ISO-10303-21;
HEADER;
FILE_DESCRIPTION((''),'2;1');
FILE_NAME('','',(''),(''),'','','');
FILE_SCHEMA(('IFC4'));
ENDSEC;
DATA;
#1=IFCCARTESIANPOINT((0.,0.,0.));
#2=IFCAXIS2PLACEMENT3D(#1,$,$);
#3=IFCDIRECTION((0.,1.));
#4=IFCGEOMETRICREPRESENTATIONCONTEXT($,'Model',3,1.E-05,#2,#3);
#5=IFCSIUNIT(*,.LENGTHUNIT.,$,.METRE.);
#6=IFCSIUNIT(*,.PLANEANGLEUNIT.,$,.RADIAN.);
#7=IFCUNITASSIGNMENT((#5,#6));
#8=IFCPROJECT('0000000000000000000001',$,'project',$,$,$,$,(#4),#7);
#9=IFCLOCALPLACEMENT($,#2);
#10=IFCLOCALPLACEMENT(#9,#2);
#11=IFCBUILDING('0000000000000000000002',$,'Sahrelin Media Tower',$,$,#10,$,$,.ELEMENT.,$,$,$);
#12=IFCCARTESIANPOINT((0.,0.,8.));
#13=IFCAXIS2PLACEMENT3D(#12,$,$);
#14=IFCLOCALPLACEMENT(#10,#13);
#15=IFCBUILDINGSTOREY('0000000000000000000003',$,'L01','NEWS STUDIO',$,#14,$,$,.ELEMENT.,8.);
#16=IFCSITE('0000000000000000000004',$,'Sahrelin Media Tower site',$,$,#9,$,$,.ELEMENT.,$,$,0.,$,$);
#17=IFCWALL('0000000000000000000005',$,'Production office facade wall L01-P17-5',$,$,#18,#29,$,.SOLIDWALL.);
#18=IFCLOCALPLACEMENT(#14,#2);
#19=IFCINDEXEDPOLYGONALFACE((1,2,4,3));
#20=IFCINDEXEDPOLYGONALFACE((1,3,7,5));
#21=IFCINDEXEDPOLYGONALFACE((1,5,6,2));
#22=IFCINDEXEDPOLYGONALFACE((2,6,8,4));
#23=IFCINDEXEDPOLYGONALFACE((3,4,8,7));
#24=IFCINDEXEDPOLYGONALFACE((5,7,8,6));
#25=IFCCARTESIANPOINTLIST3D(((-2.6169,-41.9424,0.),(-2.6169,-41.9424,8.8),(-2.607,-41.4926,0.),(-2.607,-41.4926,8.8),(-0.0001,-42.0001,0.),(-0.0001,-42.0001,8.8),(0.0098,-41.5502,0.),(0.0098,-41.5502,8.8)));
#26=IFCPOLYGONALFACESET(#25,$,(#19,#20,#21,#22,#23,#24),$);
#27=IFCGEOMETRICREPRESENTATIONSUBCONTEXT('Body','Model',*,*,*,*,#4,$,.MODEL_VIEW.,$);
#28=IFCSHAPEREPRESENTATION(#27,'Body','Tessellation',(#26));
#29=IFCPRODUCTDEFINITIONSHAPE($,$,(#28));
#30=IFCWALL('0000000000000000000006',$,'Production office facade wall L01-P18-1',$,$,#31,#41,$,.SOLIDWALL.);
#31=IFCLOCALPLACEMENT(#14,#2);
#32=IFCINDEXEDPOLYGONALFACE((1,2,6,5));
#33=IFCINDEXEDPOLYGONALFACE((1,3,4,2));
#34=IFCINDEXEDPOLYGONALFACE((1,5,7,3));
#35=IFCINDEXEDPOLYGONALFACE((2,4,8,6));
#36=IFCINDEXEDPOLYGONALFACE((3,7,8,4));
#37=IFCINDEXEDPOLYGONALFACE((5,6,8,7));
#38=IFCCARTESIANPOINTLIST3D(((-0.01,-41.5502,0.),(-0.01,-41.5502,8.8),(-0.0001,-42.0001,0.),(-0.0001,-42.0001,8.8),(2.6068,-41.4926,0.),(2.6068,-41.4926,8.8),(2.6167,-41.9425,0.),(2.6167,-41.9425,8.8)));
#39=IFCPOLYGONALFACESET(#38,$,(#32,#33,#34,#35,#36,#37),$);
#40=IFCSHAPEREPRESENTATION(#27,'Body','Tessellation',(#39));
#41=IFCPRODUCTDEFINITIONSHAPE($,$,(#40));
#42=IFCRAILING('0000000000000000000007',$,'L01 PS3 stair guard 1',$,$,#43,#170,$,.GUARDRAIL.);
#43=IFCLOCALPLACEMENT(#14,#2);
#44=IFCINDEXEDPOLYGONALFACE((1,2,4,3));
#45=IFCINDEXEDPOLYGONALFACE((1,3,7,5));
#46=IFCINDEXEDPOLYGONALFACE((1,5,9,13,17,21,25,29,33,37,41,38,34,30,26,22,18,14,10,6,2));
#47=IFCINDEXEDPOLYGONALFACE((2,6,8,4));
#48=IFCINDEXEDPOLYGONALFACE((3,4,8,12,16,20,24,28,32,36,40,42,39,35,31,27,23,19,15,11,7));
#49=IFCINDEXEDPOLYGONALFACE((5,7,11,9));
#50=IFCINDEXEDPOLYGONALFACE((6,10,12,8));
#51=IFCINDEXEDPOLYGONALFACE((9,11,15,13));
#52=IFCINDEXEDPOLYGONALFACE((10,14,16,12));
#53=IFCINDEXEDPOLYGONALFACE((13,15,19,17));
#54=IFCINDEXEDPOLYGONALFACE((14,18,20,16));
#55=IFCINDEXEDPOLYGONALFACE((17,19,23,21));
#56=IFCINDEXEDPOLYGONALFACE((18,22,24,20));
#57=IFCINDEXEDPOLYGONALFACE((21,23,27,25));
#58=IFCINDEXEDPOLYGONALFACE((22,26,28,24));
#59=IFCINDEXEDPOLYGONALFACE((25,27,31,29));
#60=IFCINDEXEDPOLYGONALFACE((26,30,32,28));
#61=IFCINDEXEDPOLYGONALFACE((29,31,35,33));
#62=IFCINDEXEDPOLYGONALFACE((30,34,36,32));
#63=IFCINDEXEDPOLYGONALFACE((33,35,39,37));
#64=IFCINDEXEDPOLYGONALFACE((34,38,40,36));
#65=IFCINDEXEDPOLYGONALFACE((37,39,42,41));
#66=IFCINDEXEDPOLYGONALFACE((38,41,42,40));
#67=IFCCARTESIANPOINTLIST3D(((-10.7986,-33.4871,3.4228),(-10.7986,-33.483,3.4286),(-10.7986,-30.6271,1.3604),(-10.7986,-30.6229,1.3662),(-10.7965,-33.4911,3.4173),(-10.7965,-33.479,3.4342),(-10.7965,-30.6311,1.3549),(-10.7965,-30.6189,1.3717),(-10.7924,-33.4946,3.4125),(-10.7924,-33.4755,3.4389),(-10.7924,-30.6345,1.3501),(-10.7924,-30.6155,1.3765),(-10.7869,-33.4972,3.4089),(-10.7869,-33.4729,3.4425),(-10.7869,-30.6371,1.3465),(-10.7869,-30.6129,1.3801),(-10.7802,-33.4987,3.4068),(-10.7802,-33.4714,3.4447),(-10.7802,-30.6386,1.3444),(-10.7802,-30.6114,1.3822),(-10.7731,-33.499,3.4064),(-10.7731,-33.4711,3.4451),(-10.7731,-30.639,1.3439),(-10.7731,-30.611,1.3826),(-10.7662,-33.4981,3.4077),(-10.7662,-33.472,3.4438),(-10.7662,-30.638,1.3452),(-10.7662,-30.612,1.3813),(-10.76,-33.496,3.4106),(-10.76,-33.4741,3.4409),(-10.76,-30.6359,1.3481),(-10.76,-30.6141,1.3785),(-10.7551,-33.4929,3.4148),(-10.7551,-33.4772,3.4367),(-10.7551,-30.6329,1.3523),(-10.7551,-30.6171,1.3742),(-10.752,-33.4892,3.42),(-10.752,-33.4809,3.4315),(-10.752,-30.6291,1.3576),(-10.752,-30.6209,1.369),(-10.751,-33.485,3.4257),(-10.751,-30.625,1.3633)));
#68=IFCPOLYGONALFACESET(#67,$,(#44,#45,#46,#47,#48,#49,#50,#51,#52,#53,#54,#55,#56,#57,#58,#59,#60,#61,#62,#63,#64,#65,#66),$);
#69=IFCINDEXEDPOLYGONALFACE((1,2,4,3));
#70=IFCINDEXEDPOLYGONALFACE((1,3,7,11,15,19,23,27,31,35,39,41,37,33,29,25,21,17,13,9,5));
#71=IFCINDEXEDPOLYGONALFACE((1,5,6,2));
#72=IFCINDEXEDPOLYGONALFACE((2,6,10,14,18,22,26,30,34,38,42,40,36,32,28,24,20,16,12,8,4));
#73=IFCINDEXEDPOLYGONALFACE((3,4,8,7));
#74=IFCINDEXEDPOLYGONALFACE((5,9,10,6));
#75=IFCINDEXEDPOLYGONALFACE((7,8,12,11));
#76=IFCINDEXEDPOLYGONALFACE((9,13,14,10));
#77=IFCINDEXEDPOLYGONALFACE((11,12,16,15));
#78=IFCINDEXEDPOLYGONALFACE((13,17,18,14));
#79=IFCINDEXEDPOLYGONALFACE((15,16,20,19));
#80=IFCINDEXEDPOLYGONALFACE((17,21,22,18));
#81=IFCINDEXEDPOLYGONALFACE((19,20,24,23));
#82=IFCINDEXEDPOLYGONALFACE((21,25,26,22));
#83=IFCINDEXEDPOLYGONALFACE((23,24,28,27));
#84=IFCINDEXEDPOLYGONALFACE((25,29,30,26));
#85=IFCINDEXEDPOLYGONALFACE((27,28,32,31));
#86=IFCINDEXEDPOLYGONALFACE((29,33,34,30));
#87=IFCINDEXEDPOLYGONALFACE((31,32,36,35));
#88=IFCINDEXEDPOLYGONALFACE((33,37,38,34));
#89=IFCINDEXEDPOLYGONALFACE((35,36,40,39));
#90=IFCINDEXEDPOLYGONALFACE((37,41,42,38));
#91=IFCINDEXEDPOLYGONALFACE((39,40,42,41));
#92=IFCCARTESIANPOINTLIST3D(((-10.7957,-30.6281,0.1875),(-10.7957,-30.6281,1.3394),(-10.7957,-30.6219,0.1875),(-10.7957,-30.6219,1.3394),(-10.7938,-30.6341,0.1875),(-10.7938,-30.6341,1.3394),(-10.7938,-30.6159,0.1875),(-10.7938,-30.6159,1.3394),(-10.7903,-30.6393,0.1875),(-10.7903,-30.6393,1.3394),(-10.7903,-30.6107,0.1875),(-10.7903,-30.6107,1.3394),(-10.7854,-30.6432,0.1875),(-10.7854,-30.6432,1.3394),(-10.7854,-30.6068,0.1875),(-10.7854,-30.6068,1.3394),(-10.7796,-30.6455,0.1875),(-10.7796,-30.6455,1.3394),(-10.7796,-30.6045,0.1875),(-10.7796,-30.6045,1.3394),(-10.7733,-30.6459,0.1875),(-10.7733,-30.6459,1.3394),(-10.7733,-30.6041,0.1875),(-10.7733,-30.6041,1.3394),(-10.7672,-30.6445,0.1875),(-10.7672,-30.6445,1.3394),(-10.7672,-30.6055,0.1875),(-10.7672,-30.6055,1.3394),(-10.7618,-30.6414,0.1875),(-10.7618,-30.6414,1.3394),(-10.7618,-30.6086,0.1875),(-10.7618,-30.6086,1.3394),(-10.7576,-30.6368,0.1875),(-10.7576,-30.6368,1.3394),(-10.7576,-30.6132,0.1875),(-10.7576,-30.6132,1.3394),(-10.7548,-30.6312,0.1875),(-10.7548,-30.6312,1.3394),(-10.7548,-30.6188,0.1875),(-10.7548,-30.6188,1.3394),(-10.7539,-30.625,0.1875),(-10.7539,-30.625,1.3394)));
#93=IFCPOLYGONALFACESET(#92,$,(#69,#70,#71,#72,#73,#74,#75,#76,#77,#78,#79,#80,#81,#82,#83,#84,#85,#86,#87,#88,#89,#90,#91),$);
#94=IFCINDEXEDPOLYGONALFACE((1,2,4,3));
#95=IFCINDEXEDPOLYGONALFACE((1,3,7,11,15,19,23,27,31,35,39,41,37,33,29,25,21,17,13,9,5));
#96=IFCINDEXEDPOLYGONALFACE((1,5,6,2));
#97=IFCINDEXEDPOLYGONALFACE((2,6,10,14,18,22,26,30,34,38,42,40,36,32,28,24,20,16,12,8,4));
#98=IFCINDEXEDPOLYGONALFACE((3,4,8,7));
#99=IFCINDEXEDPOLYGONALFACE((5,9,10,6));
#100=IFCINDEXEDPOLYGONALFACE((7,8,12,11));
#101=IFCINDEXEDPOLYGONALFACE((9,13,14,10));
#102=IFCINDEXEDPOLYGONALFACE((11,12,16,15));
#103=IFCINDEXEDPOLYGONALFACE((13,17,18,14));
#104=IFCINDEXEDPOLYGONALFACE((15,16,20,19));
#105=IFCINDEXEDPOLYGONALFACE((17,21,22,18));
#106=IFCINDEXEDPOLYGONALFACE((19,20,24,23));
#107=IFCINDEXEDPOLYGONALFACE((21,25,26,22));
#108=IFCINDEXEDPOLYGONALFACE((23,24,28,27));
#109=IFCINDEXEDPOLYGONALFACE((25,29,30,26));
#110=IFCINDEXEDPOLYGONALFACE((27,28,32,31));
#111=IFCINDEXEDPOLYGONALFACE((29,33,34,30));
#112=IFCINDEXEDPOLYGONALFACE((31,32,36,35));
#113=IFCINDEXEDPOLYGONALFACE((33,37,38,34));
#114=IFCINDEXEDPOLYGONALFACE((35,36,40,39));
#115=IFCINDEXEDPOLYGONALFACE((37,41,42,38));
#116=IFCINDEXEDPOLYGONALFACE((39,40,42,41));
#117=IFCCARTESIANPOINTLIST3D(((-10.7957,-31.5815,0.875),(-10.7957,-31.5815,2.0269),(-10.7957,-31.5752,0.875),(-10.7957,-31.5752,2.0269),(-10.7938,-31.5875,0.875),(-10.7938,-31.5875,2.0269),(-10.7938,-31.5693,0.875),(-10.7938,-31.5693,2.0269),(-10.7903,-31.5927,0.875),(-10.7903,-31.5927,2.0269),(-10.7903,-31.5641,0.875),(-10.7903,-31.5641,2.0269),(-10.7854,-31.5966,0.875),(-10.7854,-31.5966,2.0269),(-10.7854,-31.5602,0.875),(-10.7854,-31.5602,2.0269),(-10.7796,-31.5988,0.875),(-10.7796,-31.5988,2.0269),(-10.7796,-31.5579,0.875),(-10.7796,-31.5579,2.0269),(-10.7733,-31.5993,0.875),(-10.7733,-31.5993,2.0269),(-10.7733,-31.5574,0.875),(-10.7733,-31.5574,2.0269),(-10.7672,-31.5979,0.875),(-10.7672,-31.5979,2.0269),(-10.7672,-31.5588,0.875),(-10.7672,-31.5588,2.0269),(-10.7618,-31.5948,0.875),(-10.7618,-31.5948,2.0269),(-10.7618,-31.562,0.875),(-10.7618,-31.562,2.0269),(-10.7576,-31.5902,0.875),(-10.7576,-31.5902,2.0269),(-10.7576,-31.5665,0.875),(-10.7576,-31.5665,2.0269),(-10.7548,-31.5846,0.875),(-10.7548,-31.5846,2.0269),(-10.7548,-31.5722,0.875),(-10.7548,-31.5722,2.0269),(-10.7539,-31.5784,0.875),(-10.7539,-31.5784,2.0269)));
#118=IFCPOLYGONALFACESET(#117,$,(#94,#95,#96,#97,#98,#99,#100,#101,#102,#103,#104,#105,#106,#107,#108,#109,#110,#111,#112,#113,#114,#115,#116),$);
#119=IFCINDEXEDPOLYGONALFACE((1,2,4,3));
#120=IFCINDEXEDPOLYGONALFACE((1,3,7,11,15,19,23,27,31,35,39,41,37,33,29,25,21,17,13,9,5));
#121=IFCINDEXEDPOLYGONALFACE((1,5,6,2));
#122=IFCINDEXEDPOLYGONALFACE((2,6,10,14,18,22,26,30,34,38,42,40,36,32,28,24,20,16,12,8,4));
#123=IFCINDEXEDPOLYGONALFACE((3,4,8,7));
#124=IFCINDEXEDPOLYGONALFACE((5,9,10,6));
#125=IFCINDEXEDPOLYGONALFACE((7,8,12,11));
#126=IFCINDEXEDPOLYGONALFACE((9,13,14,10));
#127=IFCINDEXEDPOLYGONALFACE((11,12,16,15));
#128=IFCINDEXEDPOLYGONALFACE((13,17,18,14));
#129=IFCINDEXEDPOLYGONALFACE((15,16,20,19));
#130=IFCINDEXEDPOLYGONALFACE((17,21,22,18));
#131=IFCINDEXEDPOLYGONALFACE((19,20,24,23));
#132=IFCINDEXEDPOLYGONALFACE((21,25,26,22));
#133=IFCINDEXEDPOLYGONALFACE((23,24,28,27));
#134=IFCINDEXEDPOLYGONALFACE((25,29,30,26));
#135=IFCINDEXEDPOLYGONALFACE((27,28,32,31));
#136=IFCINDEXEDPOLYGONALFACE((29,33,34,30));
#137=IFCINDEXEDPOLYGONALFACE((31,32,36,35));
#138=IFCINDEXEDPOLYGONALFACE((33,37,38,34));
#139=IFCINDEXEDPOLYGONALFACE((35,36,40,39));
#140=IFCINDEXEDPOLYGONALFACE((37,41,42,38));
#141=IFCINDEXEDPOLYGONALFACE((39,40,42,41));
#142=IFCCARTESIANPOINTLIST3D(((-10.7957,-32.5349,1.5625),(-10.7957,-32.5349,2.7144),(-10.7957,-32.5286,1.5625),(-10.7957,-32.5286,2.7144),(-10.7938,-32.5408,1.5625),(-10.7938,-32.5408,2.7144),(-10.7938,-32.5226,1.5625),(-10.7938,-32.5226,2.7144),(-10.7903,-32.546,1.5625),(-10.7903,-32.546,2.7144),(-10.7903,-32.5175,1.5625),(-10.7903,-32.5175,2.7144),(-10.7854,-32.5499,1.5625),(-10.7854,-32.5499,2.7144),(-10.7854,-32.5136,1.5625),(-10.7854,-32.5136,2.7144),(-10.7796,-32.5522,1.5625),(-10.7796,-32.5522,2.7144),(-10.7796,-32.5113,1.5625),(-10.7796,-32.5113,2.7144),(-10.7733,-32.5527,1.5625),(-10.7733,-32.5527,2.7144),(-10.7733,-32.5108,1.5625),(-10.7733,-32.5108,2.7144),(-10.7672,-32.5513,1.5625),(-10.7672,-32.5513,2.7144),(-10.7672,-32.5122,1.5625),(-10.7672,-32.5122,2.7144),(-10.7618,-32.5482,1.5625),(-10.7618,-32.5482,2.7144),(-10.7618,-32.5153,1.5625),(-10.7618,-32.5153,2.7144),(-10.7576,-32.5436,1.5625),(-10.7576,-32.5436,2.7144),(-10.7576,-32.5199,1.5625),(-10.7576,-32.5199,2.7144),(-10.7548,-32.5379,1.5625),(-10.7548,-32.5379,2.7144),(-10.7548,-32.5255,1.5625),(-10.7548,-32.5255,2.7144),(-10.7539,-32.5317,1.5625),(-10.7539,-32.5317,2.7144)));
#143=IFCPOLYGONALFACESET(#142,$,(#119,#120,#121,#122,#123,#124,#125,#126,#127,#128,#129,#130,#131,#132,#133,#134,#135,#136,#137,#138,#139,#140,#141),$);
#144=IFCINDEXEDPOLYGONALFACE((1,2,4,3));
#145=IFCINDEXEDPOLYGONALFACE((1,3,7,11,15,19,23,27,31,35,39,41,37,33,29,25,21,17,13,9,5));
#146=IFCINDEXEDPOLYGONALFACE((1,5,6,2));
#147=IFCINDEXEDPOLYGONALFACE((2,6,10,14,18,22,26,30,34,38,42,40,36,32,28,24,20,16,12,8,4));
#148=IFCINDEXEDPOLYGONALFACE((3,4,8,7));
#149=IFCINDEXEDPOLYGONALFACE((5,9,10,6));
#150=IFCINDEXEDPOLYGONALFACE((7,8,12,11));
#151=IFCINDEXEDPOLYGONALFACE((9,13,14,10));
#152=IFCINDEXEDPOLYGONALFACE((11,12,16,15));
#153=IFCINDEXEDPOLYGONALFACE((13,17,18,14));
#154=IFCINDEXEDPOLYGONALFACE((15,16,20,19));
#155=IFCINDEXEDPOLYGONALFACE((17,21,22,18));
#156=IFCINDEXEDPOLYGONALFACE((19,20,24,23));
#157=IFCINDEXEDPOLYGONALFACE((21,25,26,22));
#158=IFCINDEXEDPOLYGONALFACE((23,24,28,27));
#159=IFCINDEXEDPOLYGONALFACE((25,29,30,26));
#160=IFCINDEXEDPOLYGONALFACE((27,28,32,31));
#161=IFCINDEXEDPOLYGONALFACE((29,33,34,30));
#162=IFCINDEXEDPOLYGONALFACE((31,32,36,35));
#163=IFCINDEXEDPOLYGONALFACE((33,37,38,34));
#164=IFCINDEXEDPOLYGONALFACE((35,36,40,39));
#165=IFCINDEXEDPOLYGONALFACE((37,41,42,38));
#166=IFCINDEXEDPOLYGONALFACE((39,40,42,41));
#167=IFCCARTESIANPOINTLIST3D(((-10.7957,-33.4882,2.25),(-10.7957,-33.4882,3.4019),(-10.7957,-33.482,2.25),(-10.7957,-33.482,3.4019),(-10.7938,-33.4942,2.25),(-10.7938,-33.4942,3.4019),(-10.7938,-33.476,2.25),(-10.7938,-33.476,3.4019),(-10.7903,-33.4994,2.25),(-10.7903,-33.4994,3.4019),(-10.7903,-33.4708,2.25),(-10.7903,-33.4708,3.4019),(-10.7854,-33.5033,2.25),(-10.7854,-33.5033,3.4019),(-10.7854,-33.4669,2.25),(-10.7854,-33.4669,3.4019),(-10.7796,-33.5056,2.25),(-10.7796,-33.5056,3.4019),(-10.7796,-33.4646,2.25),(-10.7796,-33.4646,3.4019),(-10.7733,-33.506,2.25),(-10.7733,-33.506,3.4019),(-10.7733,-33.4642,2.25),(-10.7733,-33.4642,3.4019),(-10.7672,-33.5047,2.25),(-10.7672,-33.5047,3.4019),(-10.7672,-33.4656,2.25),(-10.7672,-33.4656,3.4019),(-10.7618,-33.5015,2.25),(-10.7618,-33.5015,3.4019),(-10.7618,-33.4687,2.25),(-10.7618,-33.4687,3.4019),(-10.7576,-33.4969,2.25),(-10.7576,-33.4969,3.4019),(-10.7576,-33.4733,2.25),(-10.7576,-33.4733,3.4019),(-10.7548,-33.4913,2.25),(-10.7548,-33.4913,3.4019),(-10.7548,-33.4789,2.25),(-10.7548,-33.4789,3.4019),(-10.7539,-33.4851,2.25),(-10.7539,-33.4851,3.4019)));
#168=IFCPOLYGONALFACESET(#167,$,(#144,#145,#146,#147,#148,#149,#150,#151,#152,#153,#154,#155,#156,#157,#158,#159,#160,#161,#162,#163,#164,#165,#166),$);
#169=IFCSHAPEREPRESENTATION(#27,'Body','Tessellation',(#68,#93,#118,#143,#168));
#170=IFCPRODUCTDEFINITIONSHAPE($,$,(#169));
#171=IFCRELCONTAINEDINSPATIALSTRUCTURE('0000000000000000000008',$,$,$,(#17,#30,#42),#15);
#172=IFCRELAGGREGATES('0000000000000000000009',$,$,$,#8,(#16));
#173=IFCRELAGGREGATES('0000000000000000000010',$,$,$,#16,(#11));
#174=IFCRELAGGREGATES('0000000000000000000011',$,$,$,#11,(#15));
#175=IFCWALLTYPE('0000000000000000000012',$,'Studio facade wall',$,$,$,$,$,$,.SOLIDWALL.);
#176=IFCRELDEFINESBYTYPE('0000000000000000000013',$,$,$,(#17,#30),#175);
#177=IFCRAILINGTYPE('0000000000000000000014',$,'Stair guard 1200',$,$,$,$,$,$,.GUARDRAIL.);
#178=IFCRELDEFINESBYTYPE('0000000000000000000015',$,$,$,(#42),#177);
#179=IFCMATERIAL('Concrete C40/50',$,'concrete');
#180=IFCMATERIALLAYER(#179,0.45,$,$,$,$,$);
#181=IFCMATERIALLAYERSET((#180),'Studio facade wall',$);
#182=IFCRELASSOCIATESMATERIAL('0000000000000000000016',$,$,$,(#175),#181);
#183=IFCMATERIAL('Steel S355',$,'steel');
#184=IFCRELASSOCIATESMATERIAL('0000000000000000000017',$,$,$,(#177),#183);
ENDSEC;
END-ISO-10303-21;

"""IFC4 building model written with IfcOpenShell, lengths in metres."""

from ifc_helpers import new_model, si_unit, direction, frame, frame_2d, origin, origin_2d, place, context, subcontext, project, spatial, rectangle, circle, extrude, material, layer, layer_set, type_object, element, save


model = new_model("IFC4")

# Units and contexts
model_context = context("Model", 3, precision=1e-05, world=origin(), true_north=direction((0.0, 1.0)))
body_context = subcontext(model_context, "Body", "Model", "MODEL_VIEW")
ifc_project = project(units=[si_unit("LENGTHUNIT", "METRE"), si_unit("PLANEANGLEUNIT", "RADIAN")], contexts=[model_context])

# Site, building, storey
site_placement = place(None, origin())
site = spatial("IfcSite", under=ifc_project, at=site_placement, Name="Sahrelin Media Tower site", CompositionType="ELEMENT", RefElevation=0.0)
building_placement = place(site_placement, origin())
building = spatial("IfcBuilding", under=site, at=building_placement, Name="Sahrelin Media Tower", CompositionType="ELEMENT")
storey_placement = place(building_placement, frame((0.0, 0.0, 8.0)))
storey = spatial("IfcBuildingStorey", under=building, at=storey_placement, Name="L01", Description="NEWS STUDIO", CompositionType="ELEMENT", Elevation=8.0)

# Shared definitions
ifc_material_1 = material(Name="Steel S355", Category="steel")

# Shared definitions
ifc_material_2 = material(Name="Concrete C40/50", Category="concrete")
ifc_layer_1 = layer(ifc_material_2, 0.45)
ifc_layer_set_1 = layer_set([ifc_layer_1], Name="Studio facade wall")
wall_type_1 = type_object("IfcWallType", Name="Studio facade wall", PredefinedType="SOLIDWALL", material=ifc_layer_set_1)

# Walls
for number, where, z_axis, x_axis, name in (
    (1, (-2.6118, -41.7175, 0.0), (0.0, 0.0, 1.0), (0.999758, -0.022014, 0.0), "Production office facade wall L01-P17-5"),
    (2, (-0.0049, -41.7751, 0.0), (0.0, 0.0, 1.0), (0.999758, 0.022014, 0.0), "Production office facade wall L01-P18-1"),
):
    element("IfcWall", number, at=place(storey_placement, frame(where, z_axis=z_axis, x_axis=x_axis)), inside=storey, type_object=wall_type_1, Name=name, PredefinedType="SOLIDWALL", context=body_context, shape_type="SweptSolid", body=[
        extrude(rectangle(XDim=2.6174, YDim=0.45, at=frame_2d((1.3086, 0.0))), origin(), (0.0, 0.0, 1.0), 8.8),
    ])

# Railing
railing_type_1 = type_object("IfcRailingType", Name="Stair guard 1200", PredefinedType="GUARDRAIL", material=ifc_material_1)
railing_1_placement = place(storey_placement, frame((-10.7749, -30.625, 0.1875)))
element("IfcRailing", 3, at=railing_1_placement, inside=storey, type_object=railing_type_1, Name="L01 PS3 stair guard 1", PredefinedType="GUARDRAIL", context=body_context, shape_type="SweptSolid", body=[
    extrude(circle(Radius=0.0239, at=origin_2d()), frame((0.0, 0.0, 1.1758), z_axis=(0.0, -0.811101, 0.584906), x_axis=(1.0, 0.0, 0.0)), (0.0, 0.0, 1.0), 3.5261),
    extrude(circle(Radius=0.021, at=origin_2d()), origin(), (0.0, 0.0, 1.0), 1.1519),
    extrude(circle(Radius=0.021, at=origin_2d()), frame((0.0, -0.9534, 0.6875)), (0.0, 0.0, 1.0), 1.1519),
    extrude(circle(Radius=0.021, at=origin_2d()), frame((0.0, -1.9067, 1.375)), (0.0, 0.0, 1.0), 1.1519),
    extrude(circle(Radius=0.021, at=origin_2d()), frame((0.0, -2.8601, 2.0625)), (0.0, 0.0, 1.0), 1.1519),
])

save(model, "model.ifc")
